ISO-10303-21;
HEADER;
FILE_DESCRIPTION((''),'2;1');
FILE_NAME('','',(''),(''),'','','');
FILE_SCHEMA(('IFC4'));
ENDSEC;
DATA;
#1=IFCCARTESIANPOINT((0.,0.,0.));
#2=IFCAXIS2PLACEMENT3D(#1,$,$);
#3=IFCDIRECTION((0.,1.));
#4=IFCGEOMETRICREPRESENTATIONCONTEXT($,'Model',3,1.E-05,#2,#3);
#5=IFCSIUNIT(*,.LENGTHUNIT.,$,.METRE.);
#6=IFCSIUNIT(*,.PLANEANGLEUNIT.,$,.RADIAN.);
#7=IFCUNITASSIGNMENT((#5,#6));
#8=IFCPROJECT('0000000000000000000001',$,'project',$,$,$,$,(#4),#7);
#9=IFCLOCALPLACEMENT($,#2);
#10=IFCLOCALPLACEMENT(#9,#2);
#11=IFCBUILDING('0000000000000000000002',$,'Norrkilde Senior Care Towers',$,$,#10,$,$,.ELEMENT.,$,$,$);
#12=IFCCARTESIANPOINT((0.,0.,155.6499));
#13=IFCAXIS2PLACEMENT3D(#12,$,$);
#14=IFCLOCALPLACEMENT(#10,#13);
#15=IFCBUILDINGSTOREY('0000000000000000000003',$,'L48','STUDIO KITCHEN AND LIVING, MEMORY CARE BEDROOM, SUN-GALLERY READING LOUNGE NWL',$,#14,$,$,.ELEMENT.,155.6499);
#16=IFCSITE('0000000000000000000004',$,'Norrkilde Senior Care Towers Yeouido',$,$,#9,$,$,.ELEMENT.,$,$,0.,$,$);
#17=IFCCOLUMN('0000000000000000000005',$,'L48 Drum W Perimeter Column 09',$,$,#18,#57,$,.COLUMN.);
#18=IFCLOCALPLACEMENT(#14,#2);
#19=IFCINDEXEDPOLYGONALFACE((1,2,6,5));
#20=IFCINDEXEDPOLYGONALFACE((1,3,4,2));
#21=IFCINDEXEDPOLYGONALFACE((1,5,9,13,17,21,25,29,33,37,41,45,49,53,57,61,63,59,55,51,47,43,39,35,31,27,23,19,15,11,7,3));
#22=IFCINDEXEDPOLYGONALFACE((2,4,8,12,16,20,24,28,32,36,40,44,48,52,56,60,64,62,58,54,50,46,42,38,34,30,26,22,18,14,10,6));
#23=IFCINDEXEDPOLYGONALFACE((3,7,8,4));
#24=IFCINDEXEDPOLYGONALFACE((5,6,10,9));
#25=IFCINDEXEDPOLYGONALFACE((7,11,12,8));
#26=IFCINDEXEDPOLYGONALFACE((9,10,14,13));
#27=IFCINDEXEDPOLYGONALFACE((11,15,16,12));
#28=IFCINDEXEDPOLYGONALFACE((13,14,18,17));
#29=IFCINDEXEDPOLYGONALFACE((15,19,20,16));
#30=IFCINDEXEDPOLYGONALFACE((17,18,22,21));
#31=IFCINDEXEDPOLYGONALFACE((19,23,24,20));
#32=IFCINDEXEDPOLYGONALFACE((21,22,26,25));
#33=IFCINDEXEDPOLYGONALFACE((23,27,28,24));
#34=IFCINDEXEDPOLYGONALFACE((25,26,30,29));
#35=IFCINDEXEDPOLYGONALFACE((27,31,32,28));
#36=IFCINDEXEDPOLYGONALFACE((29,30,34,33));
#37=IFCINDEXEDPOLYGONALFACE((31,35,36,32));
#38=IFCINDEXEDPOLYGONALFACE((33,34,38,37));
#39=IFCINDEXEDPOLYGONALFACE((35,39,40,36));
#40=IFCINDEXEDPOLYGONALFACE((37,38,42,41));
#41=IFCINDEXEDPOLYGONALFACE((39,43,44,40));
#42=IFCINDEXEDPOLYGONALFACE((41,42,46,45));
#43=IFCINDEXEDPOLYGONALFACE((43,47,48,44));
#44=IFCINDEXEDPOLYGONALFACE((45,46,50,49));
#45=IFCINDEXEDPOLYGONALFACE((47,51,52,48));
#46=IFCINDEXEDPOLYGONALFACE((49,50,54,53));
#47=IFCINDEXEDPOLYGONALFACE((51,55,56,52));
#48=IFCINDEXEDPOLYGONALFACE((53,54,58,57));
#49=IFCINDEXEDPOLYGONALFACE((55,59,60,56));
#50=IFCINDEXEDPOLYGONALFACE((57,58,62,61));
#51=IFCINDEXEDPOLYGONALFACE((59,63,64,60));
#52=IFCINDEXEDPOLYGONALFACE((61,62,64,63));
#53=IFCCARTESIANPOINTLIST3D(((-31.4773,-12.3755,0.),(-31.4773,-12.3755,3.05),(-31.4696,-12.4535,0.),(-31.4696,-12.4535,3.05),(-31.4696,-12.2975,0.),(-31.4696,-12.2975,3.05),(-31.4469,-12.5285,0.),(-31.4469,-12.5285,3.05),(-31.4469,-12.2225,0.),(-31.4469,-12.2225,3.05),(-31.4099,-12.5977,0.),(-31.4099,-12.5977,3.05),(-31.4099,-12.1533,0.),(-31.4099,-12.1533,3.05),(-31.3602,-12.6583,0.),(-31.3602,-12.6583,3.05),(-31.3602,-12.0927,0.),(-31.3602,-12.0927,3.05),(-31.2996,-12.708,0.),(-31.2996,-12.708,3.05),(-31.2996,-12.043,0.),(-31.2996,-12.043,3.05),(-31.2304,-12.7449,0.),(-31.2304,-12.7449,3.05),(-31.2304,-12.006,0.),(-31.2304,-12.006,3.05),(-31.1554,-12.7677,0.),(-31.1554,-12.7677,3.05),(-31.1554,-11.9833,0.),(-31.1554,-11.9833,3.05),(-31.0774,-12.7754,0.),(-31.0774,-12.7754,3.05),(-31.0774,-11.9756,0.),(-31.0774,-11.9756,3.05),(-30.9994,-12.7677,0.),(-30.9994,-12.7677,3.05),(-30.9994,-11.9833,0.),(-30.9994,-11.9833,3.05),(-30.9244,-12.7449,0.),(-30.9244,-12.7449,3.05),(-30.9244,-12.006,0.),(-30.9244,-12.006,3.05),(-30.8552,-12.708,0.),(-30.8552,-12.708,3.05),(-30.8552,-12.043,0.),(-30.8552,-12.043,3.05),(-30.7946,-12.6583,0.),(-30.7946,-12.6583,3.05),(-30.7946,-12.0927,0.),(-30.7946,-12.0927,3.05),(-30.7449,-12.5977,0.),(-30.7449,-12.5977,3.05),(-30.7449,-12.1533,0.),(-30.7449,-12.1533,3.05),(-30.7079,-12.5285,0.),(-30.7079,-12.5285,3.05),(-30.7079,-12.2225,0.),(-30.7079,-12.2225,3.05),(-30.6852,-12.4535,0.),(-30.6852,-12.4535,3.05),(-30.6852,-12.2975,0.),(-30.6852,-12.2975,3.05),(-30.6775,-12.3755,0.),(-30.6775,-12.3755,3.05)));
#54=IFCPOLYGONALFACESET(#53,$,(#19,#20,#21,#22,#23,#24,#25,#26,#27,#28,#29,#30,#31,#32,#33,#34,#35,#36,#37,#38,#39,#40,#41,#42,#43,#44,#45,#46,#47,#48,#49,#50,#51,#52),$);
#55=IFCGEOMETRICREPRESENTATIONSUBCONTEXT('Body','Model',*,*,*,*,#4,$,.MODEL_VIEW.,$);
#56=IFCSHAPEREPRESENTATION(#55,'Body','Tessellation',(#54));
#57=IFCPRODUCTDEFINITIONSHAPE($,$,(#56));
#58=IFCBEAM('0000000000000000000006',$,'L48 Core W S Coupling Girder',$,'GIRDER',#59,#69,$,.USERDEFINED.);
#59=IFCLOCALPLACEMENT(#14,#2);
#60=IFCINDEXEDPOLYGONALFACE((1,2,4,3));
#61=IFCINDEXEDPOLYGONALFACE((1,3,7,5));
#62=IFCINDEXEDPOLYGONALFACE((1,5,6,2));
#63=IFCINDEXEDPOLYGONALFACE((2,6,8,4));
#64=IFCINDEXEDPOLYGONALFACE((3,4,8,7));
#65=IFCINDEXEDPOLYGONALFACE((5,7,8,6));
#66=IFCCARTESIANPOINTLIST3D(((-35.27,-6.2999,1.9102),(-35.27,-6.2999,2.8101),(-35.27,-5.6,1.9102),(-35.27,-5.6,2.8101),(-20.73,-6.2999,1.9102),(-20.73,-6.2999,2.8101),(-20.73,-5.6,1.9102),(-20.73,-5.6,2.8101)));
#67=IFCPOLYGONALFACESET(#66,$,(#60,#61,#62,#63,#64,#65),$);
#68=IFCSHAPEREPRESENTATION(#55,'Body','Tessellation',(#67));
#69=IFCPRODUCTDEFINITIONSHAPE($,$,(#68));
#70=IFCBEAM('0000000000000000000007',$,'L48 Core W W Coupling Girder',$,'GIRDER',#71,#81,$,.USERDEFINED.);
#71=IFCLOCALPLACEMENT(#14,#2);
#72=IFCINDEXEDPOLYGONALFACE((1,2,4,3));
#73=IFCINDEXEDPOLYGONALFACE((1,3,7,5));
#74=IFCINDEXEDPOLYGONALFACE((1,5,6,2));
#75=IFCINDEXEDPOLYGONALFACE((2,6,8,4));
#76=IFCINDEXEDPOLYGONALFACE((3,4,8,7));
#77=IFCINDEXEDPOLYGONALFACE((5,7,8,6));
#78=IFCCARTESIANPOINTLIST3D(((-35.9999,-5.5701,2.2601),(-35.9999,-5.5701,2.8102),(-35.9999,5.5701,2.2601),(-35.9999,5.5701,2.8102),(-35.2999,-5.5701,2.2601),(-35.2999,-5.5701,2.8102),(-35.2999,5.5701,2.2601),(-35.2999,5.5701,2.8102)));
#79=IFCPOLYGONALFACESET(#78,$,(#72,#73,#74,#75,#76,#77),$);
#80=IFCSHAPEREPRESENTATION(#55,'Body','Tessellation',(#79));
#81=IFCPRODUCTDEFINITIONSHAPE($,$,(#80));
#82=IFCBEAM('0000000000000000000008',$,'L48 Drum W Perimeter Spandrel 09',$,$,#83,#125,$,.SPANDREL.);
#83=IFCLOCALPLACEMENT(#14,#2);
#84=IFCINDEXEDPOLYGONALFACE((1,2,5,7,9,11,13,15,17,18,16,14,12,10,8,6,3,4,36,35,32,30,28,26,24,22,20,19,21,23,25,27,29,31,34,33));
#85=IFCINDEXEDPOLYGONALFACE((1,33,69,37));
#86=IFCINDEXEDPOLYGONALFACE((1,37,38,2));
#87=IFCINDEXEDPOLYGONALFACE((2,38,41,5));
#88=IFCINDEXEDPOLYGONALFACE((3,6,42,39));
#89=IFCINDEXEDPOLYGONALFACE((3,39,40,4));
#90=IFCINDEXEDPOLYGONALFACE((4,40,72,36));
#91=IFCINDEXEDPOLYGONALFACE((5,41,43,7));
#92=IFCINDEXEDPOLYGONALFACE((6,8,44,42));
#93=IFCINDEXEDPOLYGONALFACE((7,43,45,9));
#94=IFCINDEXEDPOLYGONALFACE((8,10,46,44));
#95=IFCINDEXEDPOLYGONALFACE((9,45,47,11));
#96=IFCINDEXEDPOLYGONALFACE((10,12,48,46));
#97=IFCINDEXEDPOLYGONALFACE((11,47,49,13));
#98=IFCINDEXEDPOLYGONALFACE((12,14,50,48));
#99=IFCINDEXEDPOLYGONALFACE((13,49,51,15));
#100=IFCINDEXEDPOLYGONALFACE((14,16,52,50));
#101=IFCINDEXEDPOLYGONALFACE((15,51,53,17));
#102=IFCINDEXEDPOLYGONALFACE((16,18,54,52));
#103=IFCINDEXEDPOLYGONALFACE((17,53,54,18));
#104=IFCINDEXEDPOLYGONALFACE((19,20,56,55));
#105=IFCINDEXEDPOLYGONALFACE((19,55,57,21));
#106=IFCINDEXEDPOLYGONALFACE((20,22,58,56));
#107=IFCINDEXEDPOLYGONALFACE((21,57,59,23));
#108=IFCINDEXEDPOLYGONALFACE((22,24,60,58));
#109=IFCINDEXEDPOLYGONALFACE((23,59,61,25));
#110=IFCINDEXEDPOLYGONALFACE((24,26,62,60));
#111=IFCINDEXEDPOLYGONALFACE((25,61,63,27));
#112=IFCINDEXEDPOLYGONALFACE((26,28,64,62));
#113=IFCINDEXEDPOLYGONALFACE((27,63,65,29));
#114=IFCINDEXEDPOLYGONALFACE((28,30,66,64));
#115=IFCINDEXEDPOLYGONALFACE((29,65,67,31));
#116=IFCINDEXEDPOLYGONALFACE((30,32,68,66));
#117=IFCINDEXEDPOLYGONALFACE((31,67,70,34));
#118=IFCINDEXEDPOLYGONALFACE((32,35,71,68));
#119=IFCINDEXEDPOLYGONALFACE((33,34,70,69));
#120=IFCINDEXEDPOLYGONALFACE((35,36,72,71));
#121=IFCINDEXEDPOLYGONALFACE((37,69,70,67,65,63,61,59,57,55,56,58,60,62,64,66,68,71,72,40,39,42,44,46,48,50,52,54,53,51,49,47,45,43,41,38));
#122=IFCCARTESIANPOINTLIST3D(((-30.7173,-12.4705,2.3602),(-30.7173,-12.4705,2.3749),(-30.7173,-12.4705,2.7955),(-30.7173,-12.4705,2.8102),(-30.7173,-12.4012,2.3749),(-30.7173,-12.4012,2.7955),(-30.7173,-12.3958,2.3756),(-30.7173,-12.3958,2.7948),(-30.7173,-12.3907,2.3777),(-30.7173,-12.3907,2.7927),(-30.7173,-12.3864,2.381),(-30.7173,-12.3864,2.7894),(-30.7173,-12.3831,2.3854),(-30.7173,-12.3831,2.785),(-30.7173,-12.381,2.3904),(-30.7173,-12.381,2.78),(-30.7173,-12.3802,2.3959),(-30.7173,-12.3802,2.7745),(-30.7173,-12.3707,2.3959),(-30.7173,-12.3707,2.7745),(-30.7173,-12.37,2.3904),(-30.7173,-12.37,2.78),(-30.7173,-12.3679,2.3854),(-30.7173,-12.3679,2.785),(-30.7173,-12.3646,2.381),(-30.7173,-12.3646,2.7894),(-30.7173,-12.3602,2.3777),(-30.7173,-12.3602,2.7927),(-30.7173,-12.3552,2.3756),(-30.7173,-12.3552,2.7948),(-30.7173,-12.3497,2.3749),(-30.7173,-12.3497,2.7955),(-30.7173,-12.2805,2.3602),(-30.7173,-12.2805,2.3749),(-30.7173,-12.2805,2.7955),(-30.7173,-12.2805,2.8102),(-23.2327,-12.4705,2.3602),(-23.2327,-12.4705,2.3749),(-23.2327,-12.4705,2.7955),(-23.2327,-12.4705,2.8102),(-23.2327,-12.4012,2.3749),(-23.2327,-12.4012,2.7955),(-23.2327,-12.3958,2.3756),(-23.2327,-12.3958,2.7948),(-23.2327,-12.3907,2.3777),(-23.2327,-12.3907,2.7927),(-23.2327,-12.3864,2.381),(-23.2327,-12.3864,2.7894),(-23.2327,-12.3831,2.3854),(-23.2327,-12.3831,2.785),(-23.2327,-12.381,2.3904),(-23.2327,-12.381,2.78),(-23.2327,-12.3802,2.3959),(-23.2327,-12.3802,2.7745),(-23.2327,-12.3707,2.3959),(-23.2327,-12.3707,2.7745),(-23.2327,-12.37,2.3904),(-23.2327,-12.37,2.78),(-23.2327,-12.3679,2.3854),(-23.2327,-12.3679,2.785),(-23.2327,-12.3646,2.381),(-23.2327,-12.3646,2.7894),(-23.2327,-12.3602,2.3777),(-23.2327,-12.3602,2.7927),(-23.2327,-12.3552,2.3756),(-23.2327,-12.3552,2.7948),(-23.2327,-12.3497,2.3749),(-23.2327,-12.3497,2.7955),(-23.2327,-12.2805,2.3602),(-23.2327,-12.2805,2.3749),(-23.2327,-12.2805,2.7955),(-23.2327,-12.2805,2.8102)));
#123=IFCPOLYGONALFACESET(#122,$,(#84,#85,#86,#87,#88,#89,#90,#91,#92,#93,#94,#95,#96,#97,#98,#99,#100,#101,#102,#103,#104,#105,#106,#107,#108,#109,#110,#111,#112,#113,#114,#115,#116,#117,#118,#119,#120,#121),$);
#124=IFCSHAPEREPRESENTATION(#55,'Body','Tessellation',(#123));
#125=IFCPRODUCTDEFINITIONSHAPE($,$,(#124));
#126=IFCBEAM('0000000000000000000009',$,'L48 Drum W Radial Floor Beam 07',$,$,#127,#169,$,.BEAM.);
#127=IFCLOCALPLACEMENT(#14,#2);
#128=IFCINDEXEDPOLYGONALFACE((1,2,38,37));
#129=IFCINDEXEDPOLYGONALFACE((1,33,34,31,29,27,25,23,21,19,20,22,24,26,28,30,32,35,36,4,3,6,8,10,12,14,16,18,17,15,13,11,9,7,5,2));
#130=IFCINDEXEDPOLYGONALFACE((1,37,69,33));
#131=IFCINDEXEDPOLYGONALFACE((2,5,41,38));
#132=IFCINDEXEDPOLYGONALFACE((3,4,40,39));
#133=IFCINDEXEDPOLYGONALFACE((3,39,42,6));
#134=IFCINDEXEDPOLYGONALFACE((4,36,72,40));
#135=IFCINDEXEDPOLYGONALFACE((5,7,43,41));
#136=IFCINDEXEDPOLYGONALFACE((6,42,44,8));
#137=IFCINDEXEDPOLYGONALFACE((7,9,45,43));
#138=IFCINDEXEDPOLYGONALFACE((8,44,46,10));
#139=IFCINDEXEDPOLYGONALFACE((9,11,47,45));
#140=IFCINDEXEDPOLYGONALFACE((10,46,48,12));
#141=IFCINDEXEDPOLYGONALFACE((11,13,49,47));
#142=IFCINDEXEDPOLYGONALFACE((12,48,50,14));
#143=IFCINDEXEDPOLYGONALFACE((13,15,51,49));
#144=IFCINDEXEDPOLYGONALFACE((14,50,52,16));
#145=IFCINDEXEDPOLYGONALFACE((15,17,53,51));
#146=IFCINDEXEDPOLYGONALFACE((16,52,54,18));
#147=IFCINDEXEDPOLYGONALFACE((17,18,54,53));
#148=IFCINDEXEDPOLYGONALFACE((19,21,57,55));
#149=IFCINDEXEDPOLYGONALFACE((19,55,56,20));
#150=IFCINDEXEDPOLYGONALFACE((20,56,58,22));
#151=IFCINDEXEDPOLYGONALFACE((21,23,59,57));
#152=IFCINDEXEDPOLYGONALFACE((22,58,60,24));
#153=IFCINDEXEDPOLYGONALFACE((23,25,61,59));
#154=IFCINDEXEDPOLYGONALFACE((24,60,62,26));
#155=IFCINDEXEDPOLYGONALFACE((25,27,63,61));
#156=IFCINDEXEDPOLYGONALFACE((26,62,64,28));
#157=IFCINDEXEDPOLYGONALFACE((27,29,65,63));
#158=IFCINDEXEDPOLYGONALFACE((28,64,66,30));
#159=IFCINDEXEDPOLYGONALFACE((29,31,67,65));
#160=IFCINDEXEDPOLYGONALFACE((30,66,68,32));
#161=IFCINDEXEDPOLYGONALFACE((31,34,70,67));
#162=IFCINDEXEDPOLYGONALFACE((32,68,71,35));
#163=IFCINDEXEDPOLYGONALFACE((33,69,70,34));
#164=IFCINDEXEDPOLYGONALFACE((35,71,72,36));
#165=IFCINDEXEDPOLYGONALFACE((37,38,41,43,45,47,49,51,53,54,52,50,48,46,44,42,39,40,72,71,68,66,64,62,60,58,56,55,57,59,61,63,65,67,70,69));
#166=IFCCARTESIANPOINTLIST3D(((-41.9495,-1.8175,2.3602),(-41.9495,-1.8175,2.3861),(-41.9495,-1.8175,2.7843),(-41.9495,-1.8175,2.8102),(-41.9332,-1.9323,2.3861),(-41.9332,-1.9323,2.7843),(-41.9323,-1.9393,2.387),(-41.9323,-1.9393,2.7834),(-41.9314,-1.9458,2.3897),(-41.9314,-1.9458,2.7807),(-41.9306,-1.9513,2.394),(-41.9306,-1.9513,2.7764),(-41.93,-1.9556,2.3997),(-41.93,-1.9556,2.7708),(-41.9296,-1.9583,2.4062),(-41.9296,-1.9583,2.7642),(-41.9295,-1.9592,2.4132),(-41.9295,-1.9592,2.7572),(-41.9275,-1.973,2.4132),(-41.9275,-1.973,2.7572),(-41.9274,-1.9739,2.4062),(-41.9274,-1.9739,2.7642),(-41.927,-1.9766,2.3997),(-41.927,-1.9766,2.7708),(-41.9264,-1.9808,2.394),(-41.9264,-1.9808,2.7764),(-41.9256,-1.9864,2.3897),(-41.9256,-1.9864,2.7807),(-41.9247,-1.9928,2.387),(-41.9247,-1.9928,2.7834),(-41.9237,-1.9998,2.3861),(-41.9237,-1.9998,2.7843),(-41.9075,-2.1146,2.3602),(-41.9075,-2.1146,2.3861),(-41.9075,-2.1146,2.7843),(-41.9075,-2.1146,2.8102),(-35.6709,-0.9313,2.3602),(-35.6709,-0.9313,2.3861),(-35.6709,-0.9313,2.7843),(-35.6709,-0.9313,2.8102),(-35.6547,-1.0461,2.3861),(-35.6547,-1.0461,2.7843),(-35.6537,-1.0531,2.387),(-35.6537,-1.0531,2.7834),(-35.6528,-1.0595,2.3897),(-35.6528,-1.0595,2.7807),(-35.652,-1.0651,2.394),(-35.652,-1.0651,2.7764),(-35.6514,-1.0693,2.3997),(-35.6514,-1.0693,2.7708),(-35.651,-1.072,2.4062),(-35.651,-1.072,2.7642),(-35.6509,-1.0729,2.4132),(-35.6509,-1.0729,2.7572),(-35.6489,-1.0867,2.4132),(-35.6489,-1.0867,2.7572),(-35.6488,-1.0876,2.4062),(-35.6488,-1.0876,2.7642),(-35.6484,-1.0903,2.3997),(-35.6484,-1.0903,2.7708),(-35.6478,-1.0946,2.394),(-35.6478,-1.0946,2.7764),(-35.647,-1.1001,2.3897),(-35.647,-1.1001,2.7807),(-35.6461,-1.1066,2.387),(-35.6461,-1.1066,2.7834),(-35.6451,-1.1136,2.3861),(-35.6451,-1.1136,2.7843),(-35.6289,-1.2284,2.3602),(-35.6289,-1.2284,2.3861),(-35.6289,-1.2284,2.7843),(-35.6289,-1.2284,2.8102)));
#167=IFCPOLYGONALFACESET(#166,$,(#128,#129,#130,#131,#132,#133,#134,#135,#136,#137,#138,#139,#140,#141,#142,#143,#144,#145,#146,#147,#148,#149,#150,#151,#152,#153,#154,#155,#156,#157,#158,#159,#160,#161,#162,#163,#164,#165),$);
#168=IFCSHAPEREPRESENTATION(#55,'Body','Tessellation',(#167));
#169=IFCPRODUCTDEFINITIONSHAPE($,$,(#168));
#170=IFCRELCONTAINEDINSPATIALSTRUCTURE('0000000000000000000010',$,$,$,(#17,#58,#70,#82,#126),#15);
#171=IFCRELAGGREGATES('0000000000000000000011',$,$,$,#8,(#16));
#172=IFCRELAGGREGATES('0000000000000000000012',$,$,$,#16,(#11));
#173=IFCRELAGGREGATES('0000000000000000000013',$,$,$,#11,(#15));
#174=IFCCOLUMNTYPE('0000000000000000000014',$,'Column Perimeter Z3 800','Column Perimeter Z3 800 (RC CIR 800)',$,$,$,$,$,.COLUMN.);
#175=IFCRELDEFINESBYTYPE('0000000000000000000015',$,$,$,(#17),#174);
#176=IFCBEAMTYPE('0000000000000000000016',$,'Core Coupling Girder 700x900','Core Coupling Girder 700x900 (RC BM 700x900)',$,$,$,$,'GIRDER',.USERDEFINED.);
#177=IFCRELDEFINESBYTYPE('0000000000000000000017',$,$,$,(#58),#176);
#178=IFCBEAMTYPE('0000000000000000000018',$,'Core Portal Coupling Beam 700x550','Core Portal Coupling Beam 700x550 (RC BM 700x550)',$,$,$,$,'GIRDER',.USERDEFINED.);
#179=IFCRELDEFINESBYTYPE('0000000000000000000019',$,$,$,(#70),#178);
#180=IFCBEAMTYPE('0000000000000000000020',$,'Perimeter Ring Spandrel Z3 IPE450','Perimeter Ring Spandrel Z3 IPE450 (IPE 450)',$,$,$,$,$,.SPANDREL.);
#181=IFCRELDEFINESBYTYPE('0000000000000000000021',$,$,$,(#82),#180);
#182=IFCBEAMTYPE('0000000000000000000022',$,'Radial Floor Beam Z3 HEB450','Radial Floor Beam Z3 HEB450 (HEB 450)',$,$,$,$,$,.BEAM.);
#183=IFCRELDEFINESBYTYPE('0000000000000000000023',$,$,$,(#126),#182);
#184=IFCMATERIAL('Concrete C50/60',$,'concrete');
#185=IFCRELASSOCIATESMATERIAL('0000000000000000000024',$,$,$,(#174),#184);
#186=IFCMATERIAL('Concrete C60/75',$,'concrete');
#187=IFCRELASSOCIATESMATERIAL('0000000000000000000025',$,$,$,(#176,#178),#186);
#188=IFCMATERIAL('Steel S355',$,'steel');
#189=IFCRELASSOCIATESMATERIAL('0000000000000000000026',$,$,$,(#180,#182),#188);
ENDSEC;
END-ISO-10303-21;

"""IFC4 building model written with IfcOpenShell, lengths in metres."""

from ifc_helpers import new_model, si_unit, direction, frame, origin, origin_2d, place, context, subcontext, project, spatial, rectangle, circle, i_section, extrude, source, transform, mapped, material, material_profile, profile_set, type_object, type_shapes, element, save


model = new_model("IFC4")

# Units and contexts
model_context = context("Model", 3, precision=1e-05, world=origin(), true_north=direction((0.0, 1.0)))
body_context = subcontext(model_context, "Body", "Model", "MODEL_VIEW")
ifc_project = project(units=[si_unit("LENGTHUNIT", "METRE"), si_unit("PLANEANGLEUNIT", "RADIAN")], contexts=[model_context])

# Site, building, storey
site_placement = place(None, origin())
site = spatial("IfcSite", under=ifc_project, at=site_placement, Name="Norrkilde Senior Care Towers Yeouido", CompositionType="ELEMENT", RefElevation=0.0)
building_placement = place(site_placement, origin())
building = spatial("IfcBuilding", under=site, at=building_placement, Name="Norrkilde Senior Care Towers", CompositionType="ELEMENT")
storey_placement = place(building_placement, frame((0.0, 0.0, 155.6499)))
storey = spatial("IfcBuildingStorey", under=building, at=storey_placement, Name="L48", Description="STUDIO KITCHEN AND LIVING, MEMORY CARE BEDROOM, SUN-GALLERY READING LOUNGE NWL", CompositionType="ELEMENT", Elevation=155.6499)

# Column
ifc_material_1 = material(Name="Concrete C50/60", Category="concrete")
ifc_material_profile_1 = material_profile(ifc_material_1, circle(Radius=0.3999, at=origin_2d()), Name="RC CIR 800")
ifc_profile_set_1 = profile_set([ifc_material_profile_1], Name="Concrete C50/60")
column_type = type_object("IfcColumnType", Name="Column Perimeter Z3 800", Description="Column Perimeter Z3 800 (RC CIR 800)", PredefinedType="COLUMN", material=ifc_profile_set_1)
shared_shape_1 = source(origin(), body_context, "Body", "SweptSolid", [
    extrude(circle(Radius=0.3999, at=origin_2d()), origin(), (0.0, 0.0, 1.0), 3.05),
])
type_shapes(column_type, [shared_shape_1])
column_placement = place(storey_placement, frame((-31.0774, -12.3755, 0.0), z_axis=(0.0, 0.0, 1.0), x_axis=(1.0, 0.0, 0.0)))
element("IfcColumn", 1, at=column_placement, inside=storey, type_object=column_type, Name="L48 Drum W Perimeter Column 09", PredefinedType="COLUMN", context=body_context, shape_type="MappedRepresentation", body=[
    mapped(shared_shape_1, transform((0.0, 0.0, 0.0), x_axis=(1.0, 0.0, 0.0), y_axis=(0.0, 1.0, 0.0), z_axis=(0.0, 0.0, 1.0), scale=1.0)),
])

# Beams
ifc_material_2 = material(Name="Concrete C60/75", Category="concrete")
ifc_material_profile_2 = material_profile(ifc_material_2, rectangle(XDim=0.7, YDim=0.8999, at=origin_2d()), Name="RC BM 700x900")
ifc_profile_set_2 = profile_set([ifc_material_profile_2], Name="Concrete C60/75")
beam_type_1 = type_object("IfcBeamType", Name="Core Coupling Girder 700x900", Description="Core Coupling Girder 700x900 (RC BM 700x900)", ElementType="GIRDER", PredefinedType="USERDEFINED", material=ifc_profile_set_2)
shared_shape_2 = source(origin(), body_context, "Body", "SweptSolid", [
    extrude(rectangle(XDim=0.7, YDim=0.8999, at=origin_2d()), origin(), (0.0, 0.0, 1.0), 14.54),
])
type_shapes(beam_type_1, [shared_shape_2])
beam_1_placement = place(storey_placement, frame((-35.27, -5.95, 2.3601), z_axis=(1.0, 0.0, 0.0), x_axis=(0.0, 1.0, 0.0)))
element("IfcBeam", 2, at=beam_1_placement, inside=storey, type_object=beam_type_1, Name="L48 Core W S Coupling Girder", ObjectType="GIRDER", PredefinedType="USERDEFINED", context=body_context, shape_type="MappedRepresentation", body=[
    mapped(shared_shape_2, transform((0.0, 0.0, 0.0), x_axis=(1.0, 0.0, 0.0), y_axis=(0.0, 1.0, 0.0), z_axis=(0.0, 0.0, 1.0), scale=1.0)),
])
ifc_material_profile_3 = material_profile(ifc_material_2, rectangle(XDim=0.7, YDim=0.55, at=origin_2d()), Name="RC BM 700x550")
ifc_profile_set_3 = profile_set([ifc_material_profile_3], Name="Concrete C60/75")
beam_type_2 = type_object("IfcBeamType", Name="Core Portal Coupling Beam 700x550", Description="Core Portal Coupling Beam 700x550 (RC BM 700x550)", ElementType="GIRDER", PredefinedType="USERDEFINED", material=ifc_profile_set_3)
shared_shape_3 = source(origin(), body_context, "Body", "SweptSolid", [
    extrude(rectangle(XDim=0.7, YDim=0.55, at=origin_2d()), origin(), (0.0, 0.0, 1.0), 11.1401),
])
type_shapes(beam_type_2, [shared_shape_3])
beam_2_placement = place(storey_placement, frame((-35.6499, -5.5701, 2.5352), z_axis=(0.0, 1.0, 0.0), x_axis=(-1.0, 0.0, 0.0)))
element("IfcBeam", 3, at=beam_2_placement, inside=storey, type_object=beam_type_2, Name="L48 Core W W Coupling Girder", ObjectType="GIRDER", PredefinedType="USERDEFINED", context=body_context, shape_type="MappedRepresentation", body=[
    mapped(shared_shape_3, transform((0.0, 0.0, 0.0), x_axis=(1.0, 0.0, 0.0), y_axis=(0.0, 1.0, 0.0), z_axis=(0.0, 0.0, 1.0), scale=1.0)),
])
ifc_material_3 = material(Name="Steel S355", Category="steel")
ifc_material_profile_4 = material_profile(ifc_material_3, i_section(OverallWidth=0.1899, OverallDepth=0.45, WebThickness=0.0095, FlangeThickness=0.0146, FilletRadius=0.021, at=origin_2d()), Name="IPE 450")
ifc_profile_set_4 = profile_set([ifc_material_profile_4], Name="Steel S355")
beam_type_3 = type_object("IfcBeamType", Name="Perimeter Ring Spandrel Z3 IPE450", Description="Perimeter Ring Spandrel Z3 IPE450 (IPE 450)", PredefinedType="SPANDREL", material=ifc_profile_set_4)
shared_shape_4 = source(origin(), body_context, "Body", "SweptSolid", [
    extrude(i_section(OverallWidth=0.1899, OverallDepth=0.45, WebThickness=0.0095, FlangeThickness=0.0146, FilletRadius=0.021, at=origin_2d()), origin(), (0.0, 0.0, 1.0), 7.4846),
])
type_shapes(beam_type_3, [shared_shape_4])
beam_3_placement = place(storey_placement, frame((-30.7173, -12.3755, 2.5852), z_axis=(1.0, 0.0, 0.0), x_axis=(0.0, 1.0, 0.0)))
element("IfcBeam", 4, at=beam_3_placement, inside=storey, type_object=beam_type_3, Name="L48 Drum W Perimeter Spandrel 09", PredefinedType="SPANDREL", context=body_context, shape_type="MappedRepresentation", body=[
    mapped(shared_shape_4, transform((0.0, 0.0, 0.0), x_axis=(1.0, 0.0, 0.0), y_axis=(0.0, 1.0, 0.0), z_axis=(0.0, 0.0, 1.0), scale=1.0)),
])
ifc_material_profile_5 = material_profile(ifc_material_3, i_section(OverallWidth=0.3, OverallDepth=0.45, WebThickness=0.0139, FlangeThickness=0.0259, FilletRadius=0.0271, at=origin_2d()), Name="HEB 450")
ifc_profile_set_5 = profile_set([ifc_material_profile_5], Name="Steel S355")
beam_type_4 = type_object("IfcBeamType", Name="Radial Floor Beam Z3 HEB450", Description="Radial Floor Beam Z3 HEB450 (HEB 450)", PredefinedType="BEAM", material=ifc_profile_set_5)
shared_shape_5 = source(origin(), body_context, "Body", "SweptSolid", [
    extrude(i_section(OverallWidth=0.3, OverallDepth=0.45, WebThickness=0.0139, FlangeThickness=0.0259, FilletRadius=0.0271, at=origin_2d()), origin(), (0.0, 0.0, 1.0), 6.3408),
])
beam_4_placement = place(storey_placement, frame((-35.6499, -1.0798, 2.5852), z_axis=(-0.990185, -0.139766, 0.0), x_axis=(0.139766, -0.990185, 0.0)))
element("IfcBeam", 5, at=beam_4_placement, inside=storey, type_object=beam_type_4, Name="L48 Drum W Radial Floor Beam 07", PredefinedType="BEAM", context=body_context, shape_type="MappedRepresentation", body=[
    mapped(shared_shape_5, transform((0.0, 0.0, 0.0), x_axis=(1.0, 0.0, 0.0), y_axis=(0.0, 1.0, 0.0), z_axis=(0.0, 0.0, 1.0), scale=1.0)),
])

save(model, "model.ifc")
